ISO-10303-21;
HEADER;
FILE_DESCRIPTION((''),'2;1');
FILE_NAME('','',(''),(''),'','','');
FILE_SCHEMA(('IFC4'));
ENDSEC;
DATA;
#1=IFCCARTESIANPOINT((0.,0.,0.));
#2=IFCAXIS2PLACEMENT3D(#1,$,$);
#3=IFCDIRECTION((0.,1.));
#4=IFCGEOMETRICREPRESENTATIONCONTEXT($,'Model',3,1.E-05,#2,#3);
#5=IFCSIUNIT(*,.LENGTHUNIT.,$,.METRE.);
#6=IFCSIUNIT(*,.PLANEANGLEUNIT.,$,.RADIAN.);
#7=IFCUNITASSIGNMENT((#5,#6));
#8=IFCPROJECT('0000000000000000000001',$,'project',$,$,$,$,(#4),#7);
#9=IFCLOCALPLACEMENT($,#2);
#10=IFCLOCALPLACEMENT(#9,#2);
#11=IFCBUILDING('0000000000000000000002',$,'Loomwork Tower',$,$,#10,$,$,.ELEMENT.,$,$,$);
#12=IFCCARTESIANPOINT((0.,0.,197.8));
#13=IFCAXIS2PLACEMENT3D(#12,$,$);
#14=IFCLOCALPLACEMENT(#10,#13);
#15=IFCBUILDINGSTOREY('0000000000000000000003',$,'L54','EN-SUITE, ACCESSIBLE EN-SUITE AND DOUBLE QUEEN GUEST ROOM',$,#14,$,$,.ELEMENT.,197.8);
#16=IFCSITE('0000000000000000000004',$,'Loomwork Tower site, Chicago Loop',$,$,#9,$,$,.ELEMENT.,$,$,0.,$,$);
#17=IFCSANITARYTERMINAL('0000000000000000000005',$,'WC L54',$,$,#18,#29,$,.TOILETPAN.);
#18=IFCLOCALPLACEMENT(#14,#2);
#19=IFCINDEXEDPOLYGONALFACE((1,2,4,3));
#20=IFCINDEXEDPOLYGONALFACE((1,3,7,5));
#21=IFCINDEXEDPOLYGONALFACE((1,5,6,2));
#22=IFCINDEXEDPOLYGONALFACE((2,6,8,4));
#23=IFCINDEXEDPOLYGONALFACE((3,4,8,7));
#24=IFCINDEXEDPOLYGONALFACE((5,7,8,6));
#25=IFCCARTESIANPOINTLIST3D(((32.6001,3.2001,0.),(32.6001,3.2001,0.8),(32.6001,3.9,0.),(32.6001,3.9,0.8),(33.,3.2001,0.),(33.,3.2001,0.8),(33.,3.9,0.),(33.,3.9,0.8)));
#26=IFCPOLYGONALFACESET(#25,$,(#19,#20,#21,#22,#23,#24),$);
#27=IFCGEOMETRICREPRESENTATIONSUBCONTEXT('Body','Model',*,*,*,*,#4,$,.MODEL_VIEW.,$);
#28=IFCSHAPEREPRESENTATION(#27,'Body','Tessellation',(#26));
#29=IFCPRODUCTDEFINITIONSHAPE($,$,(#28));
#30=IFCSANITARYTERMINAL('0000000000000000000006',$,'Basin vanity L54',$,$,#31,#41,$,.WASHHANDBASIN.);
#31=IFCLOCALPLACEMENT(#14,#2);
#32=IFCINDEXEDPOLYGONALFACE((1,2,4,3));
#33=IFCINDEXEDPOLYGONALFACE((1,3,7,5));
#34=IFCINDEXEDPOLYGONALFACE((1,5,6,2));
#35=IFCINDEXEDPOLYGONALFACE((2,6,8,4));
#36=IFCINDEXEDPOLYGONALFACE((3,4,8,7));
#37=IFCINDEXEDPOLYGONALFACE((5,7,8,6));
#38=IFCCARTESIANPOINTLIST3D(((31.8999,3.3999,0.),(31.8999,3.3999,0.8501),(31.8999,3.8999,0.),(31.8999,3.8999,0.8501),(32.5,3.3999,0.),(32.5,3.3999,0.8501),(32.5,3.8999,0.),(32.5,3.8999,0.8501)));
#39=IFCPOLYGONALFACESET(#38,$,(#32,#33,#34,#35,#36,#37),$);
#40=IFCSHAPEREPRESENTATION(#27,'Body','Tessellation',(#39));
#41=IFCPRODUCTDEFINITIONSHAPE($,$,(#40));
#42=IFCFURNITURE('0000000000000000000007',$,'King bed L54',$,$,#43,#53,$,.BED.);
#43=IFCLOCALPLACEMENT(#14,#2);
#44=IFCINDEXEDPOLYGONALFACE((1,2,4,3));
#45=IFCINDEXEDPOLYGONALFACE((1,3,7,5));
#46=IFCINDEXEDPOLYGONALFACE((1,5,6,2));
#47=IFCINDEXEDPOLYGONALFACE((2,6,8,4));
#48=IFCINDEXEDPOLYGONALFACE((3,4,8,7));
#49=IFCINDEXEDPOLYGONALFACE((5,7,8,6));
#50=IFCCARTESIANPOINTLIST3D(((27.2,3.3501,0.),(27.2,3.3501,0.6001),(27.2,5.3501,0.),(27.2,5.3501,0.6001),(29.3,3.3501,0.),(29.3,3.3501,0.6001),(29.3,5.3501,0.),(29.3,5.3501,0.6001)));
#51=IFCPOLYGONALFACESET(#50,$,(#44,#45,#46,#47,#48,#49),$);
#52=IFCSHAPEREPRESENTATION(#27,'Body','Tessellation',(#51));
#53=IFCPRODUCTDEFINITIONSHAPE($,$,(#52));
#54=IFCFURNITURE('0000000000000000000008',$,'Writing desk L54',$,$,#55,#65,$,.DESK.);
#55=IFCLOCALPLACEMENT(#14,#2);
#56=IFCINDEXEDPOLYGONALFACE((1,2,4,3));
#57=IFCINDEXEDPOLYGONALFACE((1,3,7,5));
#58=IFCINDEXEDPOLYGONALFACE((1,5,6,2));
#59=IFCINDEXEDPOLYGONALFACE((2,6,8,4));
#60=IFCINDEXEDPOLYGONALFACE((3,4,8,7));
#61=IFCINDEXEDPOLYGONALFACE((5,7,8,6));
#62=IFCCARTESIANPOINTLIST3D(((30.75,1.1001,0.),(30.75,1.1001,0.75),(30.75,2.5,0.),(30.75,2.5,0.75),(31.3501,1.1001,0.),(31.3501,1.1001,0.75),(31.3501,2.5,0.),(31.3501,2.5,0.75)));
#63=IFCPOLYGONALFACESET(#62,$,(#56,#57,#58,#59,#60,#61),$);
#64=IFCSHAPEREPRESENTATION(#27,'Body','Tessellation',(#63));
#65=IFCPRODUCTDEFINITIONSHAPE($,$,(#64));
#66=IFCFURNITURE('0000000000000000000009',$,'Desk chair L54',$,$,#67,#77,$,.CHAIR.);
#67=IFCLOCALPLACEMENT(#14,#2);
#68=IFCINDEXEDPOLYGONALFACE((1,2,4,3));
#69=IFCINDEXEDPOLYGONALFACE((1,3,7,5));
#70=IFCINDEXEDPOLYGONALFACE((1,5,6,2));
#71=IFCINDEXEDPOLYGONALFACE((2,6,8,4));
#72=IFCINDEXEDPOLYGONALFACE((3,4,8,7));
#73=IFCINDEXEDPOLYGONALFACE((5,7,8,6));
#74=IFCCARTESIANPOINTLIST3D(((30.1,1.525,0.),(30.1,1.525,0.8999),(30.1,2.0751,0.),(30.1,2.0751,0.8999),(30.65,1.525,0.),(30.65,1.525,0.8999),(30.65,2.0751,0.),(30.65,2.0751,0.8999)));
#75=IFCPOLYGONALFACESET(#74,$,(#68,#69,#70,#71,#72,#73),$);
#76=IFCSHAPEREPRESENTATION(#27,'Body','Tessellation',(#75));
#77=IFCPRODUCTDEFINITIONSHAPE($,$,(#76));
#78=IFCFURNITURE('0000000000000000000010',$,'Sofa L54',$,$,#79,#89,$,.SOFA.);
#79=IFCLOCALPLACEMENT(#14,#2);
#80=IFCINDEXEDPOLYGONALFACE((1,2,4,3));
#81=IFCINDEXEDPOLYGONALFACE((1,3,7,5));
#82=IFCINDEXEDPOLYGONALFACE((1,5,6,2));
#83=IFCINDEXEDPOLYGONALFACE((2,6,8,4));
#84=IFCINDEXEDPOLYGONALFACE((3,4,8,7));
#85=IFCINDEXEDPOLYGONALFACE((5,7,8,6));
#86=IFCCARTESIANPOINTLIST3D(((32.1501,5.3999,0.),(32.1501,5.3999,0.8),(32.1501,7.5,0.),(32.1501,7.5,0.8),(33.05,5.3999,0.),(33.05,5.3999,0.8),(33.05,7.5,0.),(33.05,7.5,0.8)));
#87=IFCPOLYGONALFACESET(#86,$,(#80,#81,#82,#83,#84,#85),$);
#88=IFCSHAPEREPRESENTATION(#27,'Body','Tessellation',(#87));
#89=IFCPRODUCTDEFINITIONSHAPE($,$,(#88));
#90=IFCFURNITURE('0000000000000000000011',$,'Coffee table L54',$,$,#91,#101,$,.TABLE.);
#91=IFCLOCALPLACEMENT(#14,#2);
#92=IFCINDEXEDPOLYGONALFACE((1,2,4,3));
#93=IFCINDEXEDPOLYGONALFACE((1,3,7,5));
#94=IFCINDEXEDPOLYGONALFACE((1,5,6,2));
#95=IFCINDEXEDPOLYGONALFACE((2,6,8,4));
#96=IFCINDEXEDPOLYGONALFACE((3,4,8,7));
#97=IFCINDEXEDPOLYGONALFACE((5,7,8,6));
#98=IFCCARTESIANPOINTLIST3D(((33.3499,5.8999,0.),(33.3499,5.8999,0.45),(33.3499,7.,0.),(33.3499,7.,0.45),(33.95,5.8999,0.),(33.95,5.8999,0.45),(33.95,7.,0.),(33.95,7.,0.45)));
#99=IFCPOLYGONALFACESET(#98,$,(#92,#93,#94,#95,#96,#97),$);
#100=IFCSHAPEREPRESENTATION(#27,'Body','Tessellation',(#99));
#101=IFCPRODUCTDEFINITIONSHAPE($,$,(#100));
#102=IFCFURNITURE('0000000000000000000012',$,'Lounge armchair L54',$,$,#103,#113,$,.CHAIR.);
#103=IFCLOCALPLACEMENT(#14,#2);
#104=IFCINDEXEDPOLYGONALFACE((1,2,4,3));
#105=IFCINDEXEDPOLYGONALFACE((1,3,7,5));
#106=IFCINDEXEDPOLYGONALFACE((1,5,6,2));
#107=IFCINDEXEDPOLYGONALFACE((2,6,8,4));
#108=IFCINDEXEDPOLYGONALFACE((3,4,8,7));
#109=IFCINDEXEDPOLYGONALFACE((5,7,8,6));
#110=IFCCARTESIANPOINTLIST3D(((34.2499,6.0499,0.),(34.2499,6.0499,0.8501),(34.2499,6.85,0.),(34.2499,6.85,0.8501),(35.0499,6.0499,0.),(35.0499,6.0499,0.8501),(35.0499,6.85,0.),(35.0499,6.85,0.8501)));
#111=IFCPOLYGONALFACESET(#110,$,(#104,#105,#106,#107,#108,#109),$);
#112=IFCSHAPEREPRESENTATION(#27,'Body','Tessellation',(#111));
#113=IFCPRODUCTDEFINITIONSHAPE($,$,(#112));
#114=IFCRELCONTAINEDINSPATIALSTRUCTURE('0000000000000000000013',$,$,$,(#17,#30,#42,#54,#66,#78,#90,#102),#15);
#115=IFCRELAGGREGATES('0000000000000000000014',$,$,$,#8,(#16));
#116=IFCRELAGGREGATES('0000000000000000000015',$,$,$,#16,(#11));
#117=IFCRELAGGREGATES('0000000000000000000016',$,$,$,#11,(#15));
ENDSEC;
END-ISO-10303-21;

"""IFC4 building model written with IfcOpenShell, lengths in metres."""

from ifc_helpers import new_model, si_unit, direction, frame, origin, origin_2d, place, context, subcontext, project, spatial, rectangle, extrude, element, save


model = new_model("IFC4")

# Units and contexts
model_context = context("Model", 3, precision=1e-05, world=origin(), true_north=direction((0.0, 1.0)))
body_context = subcontext(model_context, "Body", "Model", "MODEL_VIEW")
ifc_project = project(units=[si_unit("LENGTHUNIT", "METRE"), si_unit("PLANEANGLEUNIT", "RADIAN")], contexts=[model_context])

# Site, building, storey
site_placement = place(None, origin())
site = spatial("IfcSite", under=ifc_project, at=site_placement, Name="Loomwork Tower site, Chicago Loop", CompositionType="ELEMENT", RefElevation=0.0)
building_placement = place(site_placement, origin())
building = spatial("IfcBuilding", under=site, at=building_placement, Name="Loomwork Tower", CompositionType="ELEMENT")
storey_placement = place(building_placement, frame((0.0, 0.0, 197.8)))
storey = spatial("IfcBuildingStorey", under=building, at=storey_placement, Name="L54", Description="EN-SUITE, ACCESSIBLE EN-SUITE AND DOUBLE QUEEN GUEST ROOM", CompositionType="ELEMENT", Elevation=197.8)

# Sanitary terminals
sanitary_terminal_1_placement = place(storey_placement, frame((32.8, 3.55, 0.0), z_axis=(0.0, 0.0, 1.0), x_axis=(1.0, 0.0, 0.0)))
element("IfcSanitaryTerminal", 1, at=sanitary_terminal_1_placement, inside=storey, Name="WC L54", PredefinedType="TOILETPAN", context=body_context, shape_type="SweptSolid", body=[
    extrude(rectangle(XDim=0.3999, YDim=0.7, at=origin_2d()), origin(), (0.0, 0.0, 1.0), 0.8),
])
sanitary_terminal_2_placement = place(storey_placement, frame((32.2, 3.6499, 0.0), z_axis=(0.0, 0.0, 1.0), x_axis=(1.0, 0.0, 0.0)))
element("IfcSanitaryTerminal", 2, at=sanitary_terminal_2_placement, inside=storey, Name="Basin vanity L54", PredefinedType="WASHHANDBASIN", context=body_context, shape_type="SweptSolid", body=[
    extrude(rectangle(XDim=0.6001, YDim=0.5, at=origin_2d()), origin(), (0.0, 0.0, 1.0), 0.8501),
])

# Furniture
furniture_1_placement = place(storey_placement, frame((28.25, 4.3501, 0.0), z_axis=(0.0, 0.0, 1.0), x_axis=(1.0, 0.0, 0.0)))
element("IfcFurniture", 3, at=furniture_1_placement, inside=storey, Name="King bed L54", PredefinedType="BED", context=body_context, shape_type="SweptSolid", body=[
    extrude(rectangle(XDim=2.1001, YDim=2.0, at=origin_2d()), origin(), (0.0, 0.0, 1.0), 0.6001),
])
furniture_2_placement = place(storey_placement, frame((31.05, 1.8, 0.0), z_axis=(0.0, 0.0, 1.0), x_axis=(1.0, 0.0, 0.0)))
element("IfcFurniture", 4, at=furniture_2_placement, inside=storey, Name="Writing desk L54", PredefinedType="DESK", context=body_context, shape_type="SweptSolid", body=[
    extrude(rectangle(XDim=0.6001, YDim=1.3999, at=origin_2d()), origin(), (0.0, 0.0, 1.0), 0.75),
])
furniture_3_placement = place(storey_placement, frame((30.375, 1.8, 0.0), z_axis=(0.0, 0.0, 1.0), x_axis=(1.0, 0.0, 0.0)))
element("IfcFurniture", 5, at=furniture_3_placement, inside=storey, Name="Desk chair L54", PredefinedType="CHAIR", context=body_context, shape_type="SweptSolid", body=[
    extrude(rectangle(XDim=0.55, YDim=0.55, at=origin_2d()), origin(), (0.0, 0.0, 1.0), 0.8999),
])
furniture_4_placement = place(storey_placement, frame((32.6001, 6.45, 0.0), z_axis=(0.0, 0.0, 1.0), x_axis=(1.0, 0.0, 0.0)))
element("IfcFurniture", 6, at=furniture_4_placement, inside=storey, Name="Sofa L54", PredefinedType="SOFA", context=body_context, shape_type="SweptSolid", body=[
    extrude(rectangle(XDim=0.8999, YDim=2.1001, at=origin_2d()), origin(), (0.0, 0.0, 1.0), 0.8),
])
furniture_5_placement = place(storey_placement, frame((33.6499, 6.45, 0.0), z_axis=(0.0, 0.0, 1.0), x_axis=(1.0, 0.0, 0.0)))
element("IfcFurniture", 7, at=furniture_5_placement, inside=storey, Name="Coffee table L54", PredefinedType="TABLE", context=body_context, shape_type="SweptSolid", body=[
    extrude(rectangle(XDim=0.6001, YDim=1.1001, at=origin_2d()), origin(), (0.0, 0.0, 1.0), 0.45),
])
furniture_6_placement = place(storey_placement, frame((34.6499, 6.45, 0.0), z_axis=(0.0, 0.0, 1.0), x_axis=(1.0, 0.0, 0.0)))
element("IfcFurniture", 8, at=furniture_6_placement, inside=storey, Name="Lounge armchair L54", PredefinedType="CHAIR", context=body_context, shape_type="SweptSolid", body=[
    extrude(rectangle(XDim=0.8, YDim=0.8, at=origin_2d()), origin(), (0.0, 0.0, 1.0), 0.8501),
])

save(model, "model.ifc")
